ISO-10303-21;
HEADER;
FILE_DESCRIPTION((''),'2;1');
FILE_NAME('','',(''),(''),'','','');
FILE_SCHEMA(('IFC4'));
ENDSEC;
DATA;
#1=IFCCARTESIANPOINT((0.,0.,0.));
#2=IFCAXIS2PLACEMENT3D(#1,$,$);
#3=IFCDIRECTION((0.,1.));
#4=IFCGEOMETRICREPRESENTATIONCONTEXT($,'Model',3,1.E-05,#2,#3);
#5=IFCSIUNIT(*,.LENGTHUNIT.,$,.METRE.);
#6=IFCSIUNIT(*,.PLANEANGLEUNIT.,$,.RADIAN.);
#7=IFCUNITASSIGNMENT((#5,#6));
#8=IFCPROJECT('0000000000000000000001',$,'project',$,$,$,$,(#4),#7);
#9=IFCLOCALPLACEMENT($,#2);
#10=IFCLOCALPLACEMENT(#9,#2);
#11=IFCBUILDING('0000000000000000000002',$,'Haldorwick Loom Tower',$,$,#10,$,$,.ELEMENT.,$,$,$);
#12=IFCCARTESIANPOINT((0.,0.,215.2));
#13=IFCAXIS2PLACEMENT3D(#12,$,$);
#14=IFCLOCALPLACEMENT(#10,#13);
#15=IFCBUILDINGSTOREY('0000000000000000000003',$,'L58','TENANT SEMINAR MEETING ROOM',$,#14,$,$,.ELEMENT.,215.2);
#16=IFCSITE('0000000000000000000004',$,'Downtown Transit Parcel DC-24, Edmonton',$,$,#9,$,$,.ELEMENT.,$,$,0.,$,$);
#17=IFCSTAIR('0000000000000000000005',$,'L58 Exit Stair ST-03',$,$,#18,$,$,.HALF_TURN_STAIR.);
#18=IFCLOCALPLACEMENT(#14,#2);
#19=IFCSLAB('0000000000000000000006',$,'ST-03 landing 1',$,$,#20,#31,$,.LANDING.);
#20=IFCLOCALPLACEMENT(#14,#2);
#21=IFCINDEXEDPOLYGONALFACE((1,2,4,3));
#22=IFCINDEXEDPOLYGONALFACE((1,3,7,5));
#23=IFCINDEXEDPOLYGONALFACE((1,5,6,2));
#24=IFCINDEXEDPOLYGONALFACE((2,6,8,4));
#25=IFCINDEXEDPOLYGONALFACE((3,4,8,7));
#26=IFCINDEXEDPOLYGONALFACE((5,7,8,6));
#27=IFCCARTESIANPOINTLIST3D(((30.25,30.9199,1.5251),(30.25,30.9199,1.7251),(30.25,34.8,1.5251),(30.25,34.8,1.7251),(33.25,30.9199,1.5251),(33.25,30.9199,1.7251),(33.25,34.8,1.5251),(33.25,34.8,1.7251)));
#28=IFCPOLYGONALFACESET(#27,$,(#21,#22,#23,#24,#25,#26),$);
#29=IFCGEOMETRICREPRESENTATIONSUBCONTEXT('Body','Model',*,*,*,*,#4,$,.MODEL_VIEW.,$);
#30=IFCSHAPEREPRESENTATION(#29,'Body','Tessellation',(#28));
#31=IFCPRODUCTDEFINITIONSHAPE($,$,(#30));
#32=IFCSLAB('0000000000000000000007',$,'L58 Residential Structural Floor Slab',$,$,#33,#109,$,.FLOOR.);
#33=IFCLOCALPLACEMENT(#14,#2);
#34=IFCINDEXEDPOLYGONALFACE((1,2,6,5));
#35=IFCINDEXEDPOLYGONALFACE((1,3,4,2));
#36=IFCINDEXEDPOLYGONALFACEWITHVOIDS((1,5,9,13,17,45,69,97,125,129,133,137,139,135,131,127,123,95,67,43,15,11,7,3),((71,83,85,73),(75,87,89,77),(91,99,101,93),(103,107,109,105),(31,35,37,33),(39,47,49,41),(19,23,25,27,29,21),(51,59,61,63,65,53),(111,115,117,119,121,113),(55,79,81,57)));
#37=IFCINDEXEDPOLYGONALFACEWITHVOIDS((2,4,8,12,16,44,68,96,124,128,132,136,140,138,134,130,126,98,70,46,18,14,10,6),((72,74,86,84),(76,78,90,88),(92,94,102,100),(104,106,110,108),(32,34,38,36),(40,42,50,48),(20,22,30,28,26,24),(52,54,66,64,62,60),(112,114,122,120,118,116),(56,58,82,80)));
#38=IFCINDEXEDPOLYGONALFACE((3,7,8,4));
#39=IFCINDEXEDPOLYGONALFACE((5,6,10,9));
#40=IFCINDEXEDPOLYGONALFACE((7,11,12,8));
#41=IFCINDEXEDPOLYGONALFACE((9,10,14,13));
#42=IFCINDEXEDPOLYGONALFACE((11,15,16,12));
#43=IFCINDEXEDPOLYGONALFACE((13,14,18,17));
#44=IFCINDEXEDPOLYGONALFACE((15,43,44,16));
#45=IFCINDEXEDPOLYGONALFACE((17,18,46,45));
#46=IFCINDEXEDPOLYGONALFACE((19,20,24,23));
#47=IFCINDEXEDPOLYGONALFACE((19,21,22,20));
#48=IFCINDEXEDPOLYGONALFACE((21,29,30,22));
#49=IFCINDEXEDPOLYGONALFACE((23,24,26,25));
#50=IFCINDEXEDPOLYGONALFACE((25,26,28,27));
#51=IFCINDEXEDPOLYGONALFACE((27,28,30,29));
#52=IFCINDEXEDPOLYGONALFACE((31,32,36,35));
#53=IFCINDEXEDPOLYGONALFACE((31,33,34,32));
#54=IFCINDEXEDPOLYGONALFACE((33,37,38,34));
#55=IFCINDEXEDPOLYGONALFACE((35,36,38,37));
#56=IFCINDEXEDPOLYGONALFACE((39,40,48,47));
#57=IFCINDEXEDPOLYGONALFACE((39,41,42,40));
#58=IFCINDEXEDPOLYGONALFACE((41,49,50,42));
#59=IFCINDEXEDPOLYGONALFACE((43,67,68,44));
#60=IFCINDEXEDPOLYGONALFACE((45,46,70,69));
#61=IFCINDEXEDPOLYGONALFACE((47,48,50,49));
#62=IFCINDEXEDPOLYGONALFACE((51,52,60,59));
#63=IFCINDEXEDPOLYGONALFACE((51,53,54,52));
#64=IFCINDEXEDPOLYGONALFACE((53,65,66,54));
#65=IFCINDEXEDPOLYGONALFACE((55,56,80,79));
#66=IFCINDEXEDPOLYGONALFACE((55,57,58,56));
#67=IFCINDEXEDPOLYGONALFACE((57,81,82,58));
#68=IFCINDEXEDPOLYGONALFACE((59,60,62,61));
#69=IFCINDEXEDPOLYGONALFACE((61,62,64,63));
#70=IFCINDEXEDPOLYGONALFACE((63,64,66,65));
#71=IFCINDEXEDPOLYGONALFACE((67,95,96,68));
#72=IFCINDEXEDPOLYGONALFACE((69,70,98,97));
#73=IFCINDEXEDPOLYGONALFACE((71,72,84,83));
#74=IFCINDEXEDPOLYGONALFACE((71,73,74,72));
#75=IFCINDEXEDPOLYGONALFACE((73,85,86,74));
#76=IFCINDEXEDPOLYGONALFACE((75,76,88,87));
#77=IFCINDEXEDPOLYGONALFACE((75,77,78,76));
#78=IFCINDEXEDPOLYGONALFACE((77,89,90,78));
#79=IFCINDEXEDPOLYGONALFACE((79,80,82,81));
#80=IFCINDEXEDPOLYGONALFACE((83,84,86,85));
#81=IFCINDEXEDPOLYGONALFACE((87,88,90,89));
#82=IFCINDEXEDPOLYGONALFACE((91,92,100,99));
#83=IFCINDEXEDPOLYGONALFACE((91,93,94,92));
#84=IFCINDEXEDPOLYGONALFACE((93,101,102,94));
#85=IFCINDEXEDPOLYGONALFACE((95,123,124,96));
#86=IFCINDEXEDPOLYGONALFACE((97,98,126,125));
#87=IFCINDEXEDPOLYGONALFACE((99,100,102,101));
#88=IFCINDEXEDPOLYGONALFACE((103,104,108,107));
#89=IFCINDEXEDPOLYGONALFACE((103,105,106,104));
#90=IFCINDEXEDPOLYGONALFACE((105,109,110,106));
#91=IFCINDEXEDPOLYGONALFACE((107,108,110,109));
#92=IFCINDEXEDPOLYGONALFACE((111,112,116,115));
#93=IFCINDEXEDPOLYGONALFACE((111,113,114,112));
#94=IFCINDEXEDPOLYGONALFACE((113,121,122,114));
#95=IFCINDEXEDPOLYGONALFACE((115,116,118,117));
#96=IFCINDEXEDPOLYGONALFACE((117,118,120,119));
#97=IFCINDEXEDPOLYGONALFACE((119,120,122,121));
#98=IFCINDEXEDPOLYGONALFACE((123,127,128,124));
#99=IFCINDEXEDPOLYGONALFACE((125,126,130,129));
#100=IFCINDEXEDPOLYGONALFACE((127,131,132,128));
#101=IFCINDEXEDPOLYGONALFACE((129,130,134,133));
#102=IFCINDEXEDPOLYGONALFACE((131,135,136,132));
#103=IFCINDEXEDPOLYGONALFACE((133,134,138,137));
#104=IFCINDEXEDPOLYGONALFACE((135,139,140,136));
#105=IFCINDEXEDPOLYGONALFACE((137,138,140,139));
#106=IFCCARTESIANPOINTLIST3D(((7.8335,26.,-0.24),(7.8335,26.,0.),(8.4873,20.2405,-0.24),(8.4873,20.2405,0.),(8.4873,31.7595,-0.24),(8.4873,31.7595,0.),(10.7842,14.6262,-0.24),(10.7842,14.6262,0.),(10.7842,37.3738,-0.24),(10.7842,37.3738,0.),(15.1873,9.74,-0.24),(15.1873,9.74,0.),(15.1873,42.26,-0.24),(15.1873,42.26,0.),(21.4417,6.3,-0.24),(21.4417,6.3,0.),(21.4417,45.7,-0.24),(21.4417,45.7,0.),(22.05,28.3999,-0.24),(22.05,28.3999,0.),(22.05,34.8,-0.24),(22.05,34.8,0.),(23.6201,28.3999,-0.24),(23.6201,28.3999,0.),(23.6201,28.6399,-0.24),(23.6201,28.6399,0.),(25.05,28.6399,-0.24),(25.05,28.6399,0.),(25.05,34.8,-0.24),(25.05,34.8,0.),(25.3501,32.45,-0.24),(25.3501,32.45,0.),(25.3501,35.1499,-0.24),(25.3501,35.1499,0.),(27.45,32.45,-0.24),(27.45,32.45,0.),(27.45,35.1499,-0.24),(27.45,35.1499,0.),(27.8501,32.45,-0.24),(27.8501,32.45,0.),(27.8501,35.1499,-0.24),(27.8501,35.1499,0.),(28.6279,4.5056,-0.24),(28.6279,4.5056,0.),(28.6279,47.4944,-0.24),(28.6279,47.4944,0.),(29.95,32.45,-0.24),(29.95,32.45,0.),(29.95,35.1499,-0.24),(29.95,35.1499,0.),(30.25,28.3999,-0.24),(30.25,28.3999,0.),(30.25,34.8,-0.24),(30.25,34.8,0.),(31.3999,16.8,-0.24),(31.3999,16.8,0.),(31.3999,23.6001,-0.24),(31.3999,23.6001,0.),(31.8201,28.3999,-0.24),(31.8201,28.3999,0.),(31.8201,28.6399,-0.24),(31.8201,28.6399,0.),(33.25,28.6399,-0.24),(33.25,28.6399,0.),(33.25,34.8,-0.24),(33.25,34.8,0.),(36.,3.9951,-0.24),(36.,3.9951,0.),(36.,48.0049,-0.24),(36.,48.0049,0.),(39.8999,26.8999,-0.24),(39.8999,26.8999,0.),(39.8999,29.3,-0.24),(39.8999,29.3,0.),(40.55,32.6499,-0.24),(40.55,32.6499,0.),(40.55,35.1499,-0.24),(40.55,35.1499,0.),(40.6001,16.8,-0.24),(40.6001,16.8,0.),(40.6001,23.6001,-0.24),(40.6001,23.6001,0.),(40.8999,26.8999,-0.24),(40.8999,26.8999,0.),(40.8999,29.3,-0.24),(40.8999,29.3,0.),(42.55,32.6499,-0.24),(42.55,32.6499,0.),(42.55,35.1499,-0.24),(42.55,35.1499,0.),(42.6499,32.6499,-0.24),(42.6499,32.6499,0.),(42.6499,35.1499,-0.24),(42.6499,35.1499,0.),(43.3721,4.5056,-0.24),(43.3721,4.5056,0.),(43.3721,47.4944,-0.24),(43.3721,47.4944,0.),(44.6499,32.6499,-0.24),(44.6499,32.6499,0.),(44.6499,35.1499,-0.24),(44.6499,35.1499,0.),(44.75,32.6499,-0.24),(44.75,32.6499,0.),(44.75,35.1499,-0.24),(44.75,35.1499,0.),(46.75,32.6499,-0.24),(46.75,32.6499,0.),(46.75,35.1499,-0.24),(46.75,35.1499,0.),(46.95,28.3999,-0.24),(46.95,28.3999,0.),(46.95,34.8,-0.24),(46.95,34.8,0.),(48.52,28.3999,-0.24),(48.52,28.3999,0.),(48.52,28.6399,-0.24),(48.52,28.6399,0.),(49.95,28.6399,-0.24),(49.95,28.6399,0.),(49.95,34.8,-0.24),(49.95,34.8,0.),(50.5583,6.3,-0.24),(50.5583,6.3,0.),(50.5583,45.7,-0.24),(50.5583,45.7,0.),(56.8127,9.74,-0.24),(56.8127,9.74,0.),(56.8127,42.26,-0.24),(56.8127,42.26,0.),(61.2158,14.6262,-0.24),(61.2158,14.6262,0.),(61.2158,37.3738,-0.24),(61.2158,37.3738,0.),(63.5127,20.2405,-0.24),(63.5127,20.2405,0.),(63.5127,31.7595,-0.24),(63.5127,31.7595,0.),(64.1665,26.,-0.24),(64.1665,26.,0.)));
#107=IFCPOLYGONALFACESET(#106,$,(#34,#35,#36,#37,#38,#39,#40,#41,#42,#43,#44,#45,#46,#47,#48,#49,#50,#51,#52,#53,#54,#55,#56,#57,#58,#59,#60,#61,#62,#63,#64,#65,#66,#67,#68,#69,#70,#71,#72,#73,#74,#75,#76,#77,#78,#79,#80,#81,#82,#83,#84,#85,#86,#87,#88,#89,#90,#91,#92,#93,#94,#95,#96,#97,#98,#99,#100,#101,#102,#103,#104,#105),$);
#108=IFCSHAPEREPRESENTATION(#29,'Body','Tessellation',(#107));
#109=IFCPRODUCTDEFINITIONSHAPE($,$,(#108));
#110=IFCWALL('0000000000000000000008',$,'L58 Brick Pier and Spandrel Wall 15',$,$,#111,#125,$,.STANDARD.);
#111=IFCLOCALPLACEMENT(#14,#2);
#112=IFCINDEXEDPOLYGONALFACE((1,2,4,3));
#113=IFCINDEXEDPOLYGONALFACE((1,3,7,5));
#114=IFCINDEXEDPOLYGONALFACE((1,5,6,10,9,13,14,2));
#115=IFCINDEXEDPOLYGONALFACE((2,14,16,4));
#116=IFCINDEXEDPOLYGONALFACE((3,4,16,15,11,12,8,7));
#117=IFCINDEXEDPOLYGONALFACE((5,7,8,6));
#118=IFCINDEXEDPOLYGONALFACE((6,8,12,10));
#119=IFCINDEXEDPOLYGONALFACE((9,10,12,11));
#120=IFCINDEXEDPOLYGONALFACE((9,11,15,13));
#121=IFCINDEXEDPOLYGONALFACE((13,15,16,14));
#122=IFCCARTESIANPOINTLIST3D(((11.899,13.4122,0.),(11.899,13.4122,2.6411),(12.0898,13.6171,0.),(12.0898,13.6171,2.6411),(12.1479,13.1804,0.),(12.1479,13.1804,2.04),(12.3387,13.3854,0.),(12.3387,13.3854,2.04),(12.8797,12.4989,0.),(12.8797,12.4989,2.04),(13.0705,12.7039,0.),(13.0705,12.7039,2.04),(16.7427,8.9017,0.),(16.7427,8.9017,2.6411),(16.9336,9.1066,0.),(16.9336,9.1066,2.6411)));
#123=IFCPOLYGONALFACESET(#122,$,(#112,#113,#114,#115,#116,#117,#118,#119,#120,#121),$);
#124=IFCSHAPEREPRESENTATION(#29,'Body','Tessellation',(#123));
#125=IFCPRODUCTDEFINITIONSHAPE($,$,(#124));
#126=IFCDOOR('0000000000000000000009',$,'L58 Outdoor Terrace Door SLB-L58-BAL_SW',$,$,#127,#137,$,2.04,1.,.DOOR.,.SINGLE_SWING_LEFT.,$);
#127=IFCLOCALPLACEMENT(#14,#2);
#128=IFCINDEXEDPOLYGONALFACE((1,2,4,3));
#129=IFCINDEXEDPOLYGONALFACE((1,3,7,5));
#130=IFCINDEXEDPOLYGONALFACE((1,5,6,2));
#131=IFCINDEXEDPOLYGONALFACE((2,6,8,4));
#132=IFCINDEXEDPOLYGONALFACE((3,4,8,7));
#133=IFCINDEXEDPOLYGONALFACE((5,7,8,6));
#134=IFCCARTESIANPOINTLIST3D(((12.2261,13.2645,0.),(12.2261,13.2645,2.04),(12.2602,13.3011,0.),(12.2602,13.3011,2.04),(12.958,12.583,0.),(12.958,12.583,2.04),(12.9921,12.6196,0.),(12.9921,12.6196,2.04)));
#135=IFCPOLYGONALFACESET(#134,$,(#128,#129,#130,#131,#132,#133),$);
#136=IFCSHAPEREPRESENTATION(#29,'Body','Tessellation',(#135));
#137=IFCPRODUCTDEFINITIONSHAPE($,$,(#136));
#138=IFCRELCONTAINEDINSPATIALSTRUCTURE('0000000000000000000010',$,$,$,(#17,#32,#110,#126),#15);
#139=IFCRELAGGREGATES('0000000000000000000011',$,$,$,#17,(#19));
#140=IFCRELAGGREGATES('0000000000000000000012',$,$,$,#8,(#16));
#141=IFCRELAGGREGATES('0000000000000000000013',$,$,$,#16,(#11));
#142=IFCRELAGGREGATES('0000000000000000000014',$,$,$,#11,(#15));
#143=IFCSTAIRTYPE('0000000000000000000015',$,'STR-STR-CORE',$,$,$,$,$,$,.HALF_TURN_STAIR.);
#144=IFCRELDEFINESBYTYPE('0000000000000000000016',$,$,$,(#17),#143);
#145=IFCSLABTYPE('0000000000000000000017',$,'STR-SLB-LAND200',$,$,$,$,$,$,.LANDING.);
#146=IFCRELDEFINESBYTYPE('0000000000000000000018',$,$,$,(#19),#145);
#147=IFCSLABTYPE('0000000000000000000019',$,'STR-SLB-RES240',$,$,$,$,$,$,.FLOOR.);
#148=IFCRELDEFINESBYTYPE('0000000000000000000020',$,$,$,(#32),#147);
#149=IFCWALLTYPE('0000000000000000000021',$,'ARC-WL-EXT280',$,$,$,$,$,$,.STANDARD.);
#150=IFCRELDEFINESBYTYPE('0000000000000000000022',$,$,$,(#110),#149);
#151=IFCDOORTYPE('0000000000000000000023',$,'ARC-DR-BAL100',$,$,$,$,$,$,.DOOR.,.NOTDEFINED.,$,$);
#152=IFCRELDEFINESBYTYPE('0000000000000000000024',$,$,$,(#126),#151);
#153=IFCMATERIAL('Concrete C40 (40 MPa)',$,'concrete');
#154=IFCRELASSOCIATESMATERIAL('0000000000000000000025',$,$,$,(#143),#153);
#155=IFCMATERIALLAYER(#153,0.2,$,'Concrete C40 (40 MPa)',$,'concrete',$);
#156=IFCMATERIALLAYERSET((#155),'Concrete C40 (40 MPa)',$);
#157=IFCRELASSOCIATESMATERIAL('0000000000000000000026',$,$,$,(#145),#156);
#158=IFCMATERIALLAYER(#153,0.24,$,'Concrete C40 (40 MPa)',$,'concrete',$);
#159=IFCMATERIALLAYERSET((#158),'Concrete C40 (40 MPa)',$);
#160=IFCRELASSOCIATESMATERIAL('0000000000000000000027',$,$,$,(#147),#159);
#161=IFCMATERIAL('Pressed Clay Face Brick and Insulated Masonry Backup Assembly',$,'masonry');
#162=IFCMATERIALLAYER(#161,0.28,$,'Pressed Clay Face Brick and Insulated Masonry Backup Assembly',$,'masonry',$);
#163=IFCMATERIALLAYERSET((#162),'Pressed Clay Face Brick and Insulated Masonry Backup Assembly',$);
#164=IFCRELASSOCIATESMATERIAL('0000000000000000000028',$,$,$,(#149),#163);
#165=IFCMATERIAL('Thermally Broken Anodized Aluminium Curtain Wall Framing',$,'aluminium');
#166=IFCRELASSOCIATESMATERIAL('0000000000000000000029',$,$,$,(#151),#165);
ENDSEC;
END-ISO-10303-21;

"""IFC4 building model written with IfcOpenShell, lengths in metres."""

from ifc_helpers import new_model, si_unit, direction, frame, frame_2d, origin, place, context, subcontext, project, spatial, polyline, rectangle, outline, extrude, material, layer, layer_set, type_object, element, fill, aggregate, save


model = new_model("IFC4")

# Units and contexts
model_context = context("Model", 3, precision=1e-05, world=origin(), true_north=direction((0.0, 1.0)))
body_context = subcontext(model_context, "Body", "Model", "MODEL_VIEW")
ifc_project = project(units=[si_unit("LENGTHUNIT", "METRE"), si_unit("PLANEANGLEUNIT", "RADIAN")], contexts=[model_context])

# Site, building, storey
site_placement = place(None, origin())
site = spatial("IfcSite", under=ifc_project, at=site_placement, Name="Downtown Transit Parcel DC-24, Edmonton", CompositionType="ELEMENT", RefElevation=0.0)
building_placement = place(site_placement, origin())
building = spatial("IfcBuilding", under=site, at=building_placement, Name="Haldorwick Loom Tower", CompositionType="ELEMENT")
storey_placement = place(building_placement, frame((0.0, 0.0, 215.2)))
storey = spatial("IfcBuildingStorey", under=building, at=storey_placement, Name="L58", Description="TENANT SEMINAR MEETING ROOM", CompositionType="ELEMENT", Elevation=215.2)

# Shared definitions
ifc_material_1 = material(Name="Concrete C40 (40 MPa)", Category="concrete")

# Stair, slab
stair_type = type_object("IfcStairType", Name="STR-STR-CORE", PredefinedType="HALF_TURN_STAIR", material=ifc_material_1)
ifc_layer_1 = layer(ifc_material_1, 0.2, Name="Concrete C40 (40 MPa)", Category="concrete")
ifc_layer_set_1 = layer_set([ifc_layer_1], Name="Concrete C40 (40 MPa)")
slab_type_1 = type_object("IfcSlabType", Name="STR-SLB-LAND200", PredefinedType="LANDING", material=ifc_layer_set_1)
stair_1_placement = place(storey_placement, origin())
stair_1 = element("IfcStair", 1, at=stair_1_placement, inside=storey, type_object=stair_type, Name="L58 Exit Stair ST-03", PredefinedType="HALF_TURN_STAIR")
slab_1_placement = place(storey_placement, frame((0.0, 0.0, 1.5251)))
slab_1 = element("IfcSlab", 2, at=slab_1_placement, type_object=slab_type_1, Name="ST-03 landing 1", PredefinedType="LANDING", context=body_context, shape_type="SweptSolid", body=[
    extrude(outline(polyline([(33.25, 30.9199), (33.25, 34.8), (30.25, 34.8), (30.25, 30.9199), (33.25, 30.9199)])), origin(), (0.0, 0.0, 1.0), 0.2),
])
aggregate(stair_1, [slab_1])

# Slab
ifc_layer_2 = layer(ifc_material_1, 0.24, Name="Concrete C40 (40 MPa)", Category="concrete")
ifc_layer_set_2 = layer_set([ifc_layer_2], Name="Concrete C40 (40 MPa)")
slab_type_2 = type_object("IfcSlabType", Name="STR-SLB-RES240", PredefinedType="FLOOR", material=ifc_layer_set_2)
slab_2_placement = place(storey_placement, frame((0.0, 0.0, -0.24)))
element("IfcSlab", 3, at=slab_2_placement, inside=storey, type_object=slab_type_2, Name="L58 Residential Structural Floor Slab", PredefinedType="FLOOR", context=body_context, shape_type="SweptSolid", body=[
    extrude(outline(polyline([(56.8127, 9.74), (61.2158, 14.6262), (63.5127, 20.2405), (64.1665, 26.0), (63.5127, 31.7595), (61.2158, 37.3738), (56.8127, 42.26), (50.5583, 45.7), (43.3721, 47.4944), (36.0, 48.0049), (28.6279, 47.4944), (21.4417, 45.7), (15.1873, 42.26), (10.7842, 37.3738), (8.4873, 31.7595), (7.8335, 26.0), (8.4873, 20.2405), (10.7842, 14.6262), (15.1873, 9.74), (21.4417, 6.3), (28.6279, 4.5056), (36.0, 3.9951), (43.3721, 4.5056), (50.5583, 6.3), (56.8127, 9.74)]), holes=[polyline([(31.3999, 16.8), (31.3999, 23.6001), (40.6001, 23.6001), (40.6001, 16.8), (31.3999, 16.8)]), polyline([(40.8999, 26.8999), (39.8999, 26.8999), (39.8999, 29.3), (40.8999, 29.3), (40.8999, 26.8999)]), polyline([(23.6201, 28.3999), (22.05, 28.3999), (22.05, 34.8), (25.05, 34.8), (25.05, 28.6399), (23.6201, 28.6399), (23.6201, 28.3999)]), polyline([(30.25, 28.3999), (30.25, 34.8), (33.25, 34.8), (33.25, 28.6399), (31.8201, 28.6399), (31.8201, 28.3999), (30.25, 28.3999)]), polyline([(46.95, 28.3999), (46.95, 34.8), (49.95, 34.8), (49.95, 28.6399), (48.52, 28.6399), (48.52, 28.3999), (46.95, 28.3999)]), polyline([(27.45, 32.45), (25.3501, 32.45), (25.3501, 35.1499), (27.45, 35.1499), (27.45, 32.45)]), polyline([(29.95, 32.45), (27.8501, 32.45), (27.8501, 35.1499), (29.95, 35.1499), (29.95, 32.45)]), polyline([(42.55, 32.6499), (40.55, 32.6499), (40.55, 35.1499), (42.55, 35.1499), (42.55, 32.6499)]), polyline([(42.6499, 32.6499), (42.6499, 35.1499), (44.6499, 35.1499), (44.6499, 32.6499), (42.6499, 32.6499)]), polyline([(44.75, 32.6499), (44.75, 35.1499), (46.75, 35.1499), (46.75, 32.6499), (44.75, 32.6499)])]), origin(), (0.0, 0.0, 1.0), 0.24),
])

# Wall, opening, door
ifc_material_2 = material(Name="Pressed Clay Face Brick and Insulated Masonry Backup Assembly", Category="masonry")
ifc_layer_3 = layer(ifc_material_2, 0.28, Name="Pressed Clay Face Brick and Insulated Masonry Backup Assembly", Category="masonry")
ifc_layer_set_3 = layer_set([ifc_layer_3], Name="Pressed Clay Face Brick and Insulated Masonry Backup Assembly")
wall_type = type_object("IfcWallType", Name="ARC-WL-EXT280", PredefinedType="STANDARD", material=ifc_layer_set_3)
wall_1_placement = place(storey_placement, frame((11.9944, 13.5146, 0.0), z_axis=(0.0, 0.0, 1.0), x_axis=(0.731834, -0.681483, 0.0)))
wall_1 = element("IfcWall", 4, at=wall_1_placement, inside=storey, type_object=wall_type, Name="L58 Brick Pier and Spandrel Wall 15", PredefinedType="STANDARD", context=body_context, shape_type="SweptSolid", body=[
    extrude(rectangle(XDim=6.6187, YDim=0.28, at=frame_2d((3.3093, 0.0))), origin(), (0.0, 0.0, 1.0), 2.6411),
])
opening_1_placement = place(wall_1_placement, frame((0.3401, 0.0, 0.0)))
opening_1 = element("IfcOpeningElement", 5, at=opening_1_placement, cuts=wall_1, PredefinedType="OPENING", context=body_context, shape_type="SweptSolid", body=[
    extrude(rectangle(XDim=1.0, YDim=2.04, at=frame_2d((0.5, 1.02))), frame((0.0, 0.1499, 0.0), z_axis=(0.0, -1.0, 0.0), x_axis=(1.0, 0.0, 0.0)), (0.0, 0.0, 1.0), 0.3),
])
ifc_material_3 = material(Name="Thermally Broken Anodized Aluminium Curtain Wall Framing", Category="aluminium")
door_type = type_object("IfcDoorType", Name="ARC-DR-BAL100", OperationType="NOTDEFINED", PredefinedType="DOOR", material=ifc_material_3)
door_placement = place(opening_1_placement, origin())
door = element("IfcDoor", 6, at=door_placement, inside=storey, type_object=door_type, Name="L58 Outdoor Terrace Door SLB-L58-BAL_SW", OperationType="SINGLE_SWING_LEFT", OverallHeight=2.04, OverallWidth=1.0, PredefinedType="DOOR", context=body_context, shape_type="SweptSolid", body=[
    extrude(rectangle(XDim=1.0, YDim=2.04, at=frame_2d((0.5, 1.02))), frame((0.0, 0.0249, 0.0), z_axis=(0.0, -1.0, 0.0), x_axis=(1.0, 0.0, 0.0)), (0.0, 0.0, 1.0), 0.05),
])
fill(opening_1, door)

save(model, "model.ifc")
